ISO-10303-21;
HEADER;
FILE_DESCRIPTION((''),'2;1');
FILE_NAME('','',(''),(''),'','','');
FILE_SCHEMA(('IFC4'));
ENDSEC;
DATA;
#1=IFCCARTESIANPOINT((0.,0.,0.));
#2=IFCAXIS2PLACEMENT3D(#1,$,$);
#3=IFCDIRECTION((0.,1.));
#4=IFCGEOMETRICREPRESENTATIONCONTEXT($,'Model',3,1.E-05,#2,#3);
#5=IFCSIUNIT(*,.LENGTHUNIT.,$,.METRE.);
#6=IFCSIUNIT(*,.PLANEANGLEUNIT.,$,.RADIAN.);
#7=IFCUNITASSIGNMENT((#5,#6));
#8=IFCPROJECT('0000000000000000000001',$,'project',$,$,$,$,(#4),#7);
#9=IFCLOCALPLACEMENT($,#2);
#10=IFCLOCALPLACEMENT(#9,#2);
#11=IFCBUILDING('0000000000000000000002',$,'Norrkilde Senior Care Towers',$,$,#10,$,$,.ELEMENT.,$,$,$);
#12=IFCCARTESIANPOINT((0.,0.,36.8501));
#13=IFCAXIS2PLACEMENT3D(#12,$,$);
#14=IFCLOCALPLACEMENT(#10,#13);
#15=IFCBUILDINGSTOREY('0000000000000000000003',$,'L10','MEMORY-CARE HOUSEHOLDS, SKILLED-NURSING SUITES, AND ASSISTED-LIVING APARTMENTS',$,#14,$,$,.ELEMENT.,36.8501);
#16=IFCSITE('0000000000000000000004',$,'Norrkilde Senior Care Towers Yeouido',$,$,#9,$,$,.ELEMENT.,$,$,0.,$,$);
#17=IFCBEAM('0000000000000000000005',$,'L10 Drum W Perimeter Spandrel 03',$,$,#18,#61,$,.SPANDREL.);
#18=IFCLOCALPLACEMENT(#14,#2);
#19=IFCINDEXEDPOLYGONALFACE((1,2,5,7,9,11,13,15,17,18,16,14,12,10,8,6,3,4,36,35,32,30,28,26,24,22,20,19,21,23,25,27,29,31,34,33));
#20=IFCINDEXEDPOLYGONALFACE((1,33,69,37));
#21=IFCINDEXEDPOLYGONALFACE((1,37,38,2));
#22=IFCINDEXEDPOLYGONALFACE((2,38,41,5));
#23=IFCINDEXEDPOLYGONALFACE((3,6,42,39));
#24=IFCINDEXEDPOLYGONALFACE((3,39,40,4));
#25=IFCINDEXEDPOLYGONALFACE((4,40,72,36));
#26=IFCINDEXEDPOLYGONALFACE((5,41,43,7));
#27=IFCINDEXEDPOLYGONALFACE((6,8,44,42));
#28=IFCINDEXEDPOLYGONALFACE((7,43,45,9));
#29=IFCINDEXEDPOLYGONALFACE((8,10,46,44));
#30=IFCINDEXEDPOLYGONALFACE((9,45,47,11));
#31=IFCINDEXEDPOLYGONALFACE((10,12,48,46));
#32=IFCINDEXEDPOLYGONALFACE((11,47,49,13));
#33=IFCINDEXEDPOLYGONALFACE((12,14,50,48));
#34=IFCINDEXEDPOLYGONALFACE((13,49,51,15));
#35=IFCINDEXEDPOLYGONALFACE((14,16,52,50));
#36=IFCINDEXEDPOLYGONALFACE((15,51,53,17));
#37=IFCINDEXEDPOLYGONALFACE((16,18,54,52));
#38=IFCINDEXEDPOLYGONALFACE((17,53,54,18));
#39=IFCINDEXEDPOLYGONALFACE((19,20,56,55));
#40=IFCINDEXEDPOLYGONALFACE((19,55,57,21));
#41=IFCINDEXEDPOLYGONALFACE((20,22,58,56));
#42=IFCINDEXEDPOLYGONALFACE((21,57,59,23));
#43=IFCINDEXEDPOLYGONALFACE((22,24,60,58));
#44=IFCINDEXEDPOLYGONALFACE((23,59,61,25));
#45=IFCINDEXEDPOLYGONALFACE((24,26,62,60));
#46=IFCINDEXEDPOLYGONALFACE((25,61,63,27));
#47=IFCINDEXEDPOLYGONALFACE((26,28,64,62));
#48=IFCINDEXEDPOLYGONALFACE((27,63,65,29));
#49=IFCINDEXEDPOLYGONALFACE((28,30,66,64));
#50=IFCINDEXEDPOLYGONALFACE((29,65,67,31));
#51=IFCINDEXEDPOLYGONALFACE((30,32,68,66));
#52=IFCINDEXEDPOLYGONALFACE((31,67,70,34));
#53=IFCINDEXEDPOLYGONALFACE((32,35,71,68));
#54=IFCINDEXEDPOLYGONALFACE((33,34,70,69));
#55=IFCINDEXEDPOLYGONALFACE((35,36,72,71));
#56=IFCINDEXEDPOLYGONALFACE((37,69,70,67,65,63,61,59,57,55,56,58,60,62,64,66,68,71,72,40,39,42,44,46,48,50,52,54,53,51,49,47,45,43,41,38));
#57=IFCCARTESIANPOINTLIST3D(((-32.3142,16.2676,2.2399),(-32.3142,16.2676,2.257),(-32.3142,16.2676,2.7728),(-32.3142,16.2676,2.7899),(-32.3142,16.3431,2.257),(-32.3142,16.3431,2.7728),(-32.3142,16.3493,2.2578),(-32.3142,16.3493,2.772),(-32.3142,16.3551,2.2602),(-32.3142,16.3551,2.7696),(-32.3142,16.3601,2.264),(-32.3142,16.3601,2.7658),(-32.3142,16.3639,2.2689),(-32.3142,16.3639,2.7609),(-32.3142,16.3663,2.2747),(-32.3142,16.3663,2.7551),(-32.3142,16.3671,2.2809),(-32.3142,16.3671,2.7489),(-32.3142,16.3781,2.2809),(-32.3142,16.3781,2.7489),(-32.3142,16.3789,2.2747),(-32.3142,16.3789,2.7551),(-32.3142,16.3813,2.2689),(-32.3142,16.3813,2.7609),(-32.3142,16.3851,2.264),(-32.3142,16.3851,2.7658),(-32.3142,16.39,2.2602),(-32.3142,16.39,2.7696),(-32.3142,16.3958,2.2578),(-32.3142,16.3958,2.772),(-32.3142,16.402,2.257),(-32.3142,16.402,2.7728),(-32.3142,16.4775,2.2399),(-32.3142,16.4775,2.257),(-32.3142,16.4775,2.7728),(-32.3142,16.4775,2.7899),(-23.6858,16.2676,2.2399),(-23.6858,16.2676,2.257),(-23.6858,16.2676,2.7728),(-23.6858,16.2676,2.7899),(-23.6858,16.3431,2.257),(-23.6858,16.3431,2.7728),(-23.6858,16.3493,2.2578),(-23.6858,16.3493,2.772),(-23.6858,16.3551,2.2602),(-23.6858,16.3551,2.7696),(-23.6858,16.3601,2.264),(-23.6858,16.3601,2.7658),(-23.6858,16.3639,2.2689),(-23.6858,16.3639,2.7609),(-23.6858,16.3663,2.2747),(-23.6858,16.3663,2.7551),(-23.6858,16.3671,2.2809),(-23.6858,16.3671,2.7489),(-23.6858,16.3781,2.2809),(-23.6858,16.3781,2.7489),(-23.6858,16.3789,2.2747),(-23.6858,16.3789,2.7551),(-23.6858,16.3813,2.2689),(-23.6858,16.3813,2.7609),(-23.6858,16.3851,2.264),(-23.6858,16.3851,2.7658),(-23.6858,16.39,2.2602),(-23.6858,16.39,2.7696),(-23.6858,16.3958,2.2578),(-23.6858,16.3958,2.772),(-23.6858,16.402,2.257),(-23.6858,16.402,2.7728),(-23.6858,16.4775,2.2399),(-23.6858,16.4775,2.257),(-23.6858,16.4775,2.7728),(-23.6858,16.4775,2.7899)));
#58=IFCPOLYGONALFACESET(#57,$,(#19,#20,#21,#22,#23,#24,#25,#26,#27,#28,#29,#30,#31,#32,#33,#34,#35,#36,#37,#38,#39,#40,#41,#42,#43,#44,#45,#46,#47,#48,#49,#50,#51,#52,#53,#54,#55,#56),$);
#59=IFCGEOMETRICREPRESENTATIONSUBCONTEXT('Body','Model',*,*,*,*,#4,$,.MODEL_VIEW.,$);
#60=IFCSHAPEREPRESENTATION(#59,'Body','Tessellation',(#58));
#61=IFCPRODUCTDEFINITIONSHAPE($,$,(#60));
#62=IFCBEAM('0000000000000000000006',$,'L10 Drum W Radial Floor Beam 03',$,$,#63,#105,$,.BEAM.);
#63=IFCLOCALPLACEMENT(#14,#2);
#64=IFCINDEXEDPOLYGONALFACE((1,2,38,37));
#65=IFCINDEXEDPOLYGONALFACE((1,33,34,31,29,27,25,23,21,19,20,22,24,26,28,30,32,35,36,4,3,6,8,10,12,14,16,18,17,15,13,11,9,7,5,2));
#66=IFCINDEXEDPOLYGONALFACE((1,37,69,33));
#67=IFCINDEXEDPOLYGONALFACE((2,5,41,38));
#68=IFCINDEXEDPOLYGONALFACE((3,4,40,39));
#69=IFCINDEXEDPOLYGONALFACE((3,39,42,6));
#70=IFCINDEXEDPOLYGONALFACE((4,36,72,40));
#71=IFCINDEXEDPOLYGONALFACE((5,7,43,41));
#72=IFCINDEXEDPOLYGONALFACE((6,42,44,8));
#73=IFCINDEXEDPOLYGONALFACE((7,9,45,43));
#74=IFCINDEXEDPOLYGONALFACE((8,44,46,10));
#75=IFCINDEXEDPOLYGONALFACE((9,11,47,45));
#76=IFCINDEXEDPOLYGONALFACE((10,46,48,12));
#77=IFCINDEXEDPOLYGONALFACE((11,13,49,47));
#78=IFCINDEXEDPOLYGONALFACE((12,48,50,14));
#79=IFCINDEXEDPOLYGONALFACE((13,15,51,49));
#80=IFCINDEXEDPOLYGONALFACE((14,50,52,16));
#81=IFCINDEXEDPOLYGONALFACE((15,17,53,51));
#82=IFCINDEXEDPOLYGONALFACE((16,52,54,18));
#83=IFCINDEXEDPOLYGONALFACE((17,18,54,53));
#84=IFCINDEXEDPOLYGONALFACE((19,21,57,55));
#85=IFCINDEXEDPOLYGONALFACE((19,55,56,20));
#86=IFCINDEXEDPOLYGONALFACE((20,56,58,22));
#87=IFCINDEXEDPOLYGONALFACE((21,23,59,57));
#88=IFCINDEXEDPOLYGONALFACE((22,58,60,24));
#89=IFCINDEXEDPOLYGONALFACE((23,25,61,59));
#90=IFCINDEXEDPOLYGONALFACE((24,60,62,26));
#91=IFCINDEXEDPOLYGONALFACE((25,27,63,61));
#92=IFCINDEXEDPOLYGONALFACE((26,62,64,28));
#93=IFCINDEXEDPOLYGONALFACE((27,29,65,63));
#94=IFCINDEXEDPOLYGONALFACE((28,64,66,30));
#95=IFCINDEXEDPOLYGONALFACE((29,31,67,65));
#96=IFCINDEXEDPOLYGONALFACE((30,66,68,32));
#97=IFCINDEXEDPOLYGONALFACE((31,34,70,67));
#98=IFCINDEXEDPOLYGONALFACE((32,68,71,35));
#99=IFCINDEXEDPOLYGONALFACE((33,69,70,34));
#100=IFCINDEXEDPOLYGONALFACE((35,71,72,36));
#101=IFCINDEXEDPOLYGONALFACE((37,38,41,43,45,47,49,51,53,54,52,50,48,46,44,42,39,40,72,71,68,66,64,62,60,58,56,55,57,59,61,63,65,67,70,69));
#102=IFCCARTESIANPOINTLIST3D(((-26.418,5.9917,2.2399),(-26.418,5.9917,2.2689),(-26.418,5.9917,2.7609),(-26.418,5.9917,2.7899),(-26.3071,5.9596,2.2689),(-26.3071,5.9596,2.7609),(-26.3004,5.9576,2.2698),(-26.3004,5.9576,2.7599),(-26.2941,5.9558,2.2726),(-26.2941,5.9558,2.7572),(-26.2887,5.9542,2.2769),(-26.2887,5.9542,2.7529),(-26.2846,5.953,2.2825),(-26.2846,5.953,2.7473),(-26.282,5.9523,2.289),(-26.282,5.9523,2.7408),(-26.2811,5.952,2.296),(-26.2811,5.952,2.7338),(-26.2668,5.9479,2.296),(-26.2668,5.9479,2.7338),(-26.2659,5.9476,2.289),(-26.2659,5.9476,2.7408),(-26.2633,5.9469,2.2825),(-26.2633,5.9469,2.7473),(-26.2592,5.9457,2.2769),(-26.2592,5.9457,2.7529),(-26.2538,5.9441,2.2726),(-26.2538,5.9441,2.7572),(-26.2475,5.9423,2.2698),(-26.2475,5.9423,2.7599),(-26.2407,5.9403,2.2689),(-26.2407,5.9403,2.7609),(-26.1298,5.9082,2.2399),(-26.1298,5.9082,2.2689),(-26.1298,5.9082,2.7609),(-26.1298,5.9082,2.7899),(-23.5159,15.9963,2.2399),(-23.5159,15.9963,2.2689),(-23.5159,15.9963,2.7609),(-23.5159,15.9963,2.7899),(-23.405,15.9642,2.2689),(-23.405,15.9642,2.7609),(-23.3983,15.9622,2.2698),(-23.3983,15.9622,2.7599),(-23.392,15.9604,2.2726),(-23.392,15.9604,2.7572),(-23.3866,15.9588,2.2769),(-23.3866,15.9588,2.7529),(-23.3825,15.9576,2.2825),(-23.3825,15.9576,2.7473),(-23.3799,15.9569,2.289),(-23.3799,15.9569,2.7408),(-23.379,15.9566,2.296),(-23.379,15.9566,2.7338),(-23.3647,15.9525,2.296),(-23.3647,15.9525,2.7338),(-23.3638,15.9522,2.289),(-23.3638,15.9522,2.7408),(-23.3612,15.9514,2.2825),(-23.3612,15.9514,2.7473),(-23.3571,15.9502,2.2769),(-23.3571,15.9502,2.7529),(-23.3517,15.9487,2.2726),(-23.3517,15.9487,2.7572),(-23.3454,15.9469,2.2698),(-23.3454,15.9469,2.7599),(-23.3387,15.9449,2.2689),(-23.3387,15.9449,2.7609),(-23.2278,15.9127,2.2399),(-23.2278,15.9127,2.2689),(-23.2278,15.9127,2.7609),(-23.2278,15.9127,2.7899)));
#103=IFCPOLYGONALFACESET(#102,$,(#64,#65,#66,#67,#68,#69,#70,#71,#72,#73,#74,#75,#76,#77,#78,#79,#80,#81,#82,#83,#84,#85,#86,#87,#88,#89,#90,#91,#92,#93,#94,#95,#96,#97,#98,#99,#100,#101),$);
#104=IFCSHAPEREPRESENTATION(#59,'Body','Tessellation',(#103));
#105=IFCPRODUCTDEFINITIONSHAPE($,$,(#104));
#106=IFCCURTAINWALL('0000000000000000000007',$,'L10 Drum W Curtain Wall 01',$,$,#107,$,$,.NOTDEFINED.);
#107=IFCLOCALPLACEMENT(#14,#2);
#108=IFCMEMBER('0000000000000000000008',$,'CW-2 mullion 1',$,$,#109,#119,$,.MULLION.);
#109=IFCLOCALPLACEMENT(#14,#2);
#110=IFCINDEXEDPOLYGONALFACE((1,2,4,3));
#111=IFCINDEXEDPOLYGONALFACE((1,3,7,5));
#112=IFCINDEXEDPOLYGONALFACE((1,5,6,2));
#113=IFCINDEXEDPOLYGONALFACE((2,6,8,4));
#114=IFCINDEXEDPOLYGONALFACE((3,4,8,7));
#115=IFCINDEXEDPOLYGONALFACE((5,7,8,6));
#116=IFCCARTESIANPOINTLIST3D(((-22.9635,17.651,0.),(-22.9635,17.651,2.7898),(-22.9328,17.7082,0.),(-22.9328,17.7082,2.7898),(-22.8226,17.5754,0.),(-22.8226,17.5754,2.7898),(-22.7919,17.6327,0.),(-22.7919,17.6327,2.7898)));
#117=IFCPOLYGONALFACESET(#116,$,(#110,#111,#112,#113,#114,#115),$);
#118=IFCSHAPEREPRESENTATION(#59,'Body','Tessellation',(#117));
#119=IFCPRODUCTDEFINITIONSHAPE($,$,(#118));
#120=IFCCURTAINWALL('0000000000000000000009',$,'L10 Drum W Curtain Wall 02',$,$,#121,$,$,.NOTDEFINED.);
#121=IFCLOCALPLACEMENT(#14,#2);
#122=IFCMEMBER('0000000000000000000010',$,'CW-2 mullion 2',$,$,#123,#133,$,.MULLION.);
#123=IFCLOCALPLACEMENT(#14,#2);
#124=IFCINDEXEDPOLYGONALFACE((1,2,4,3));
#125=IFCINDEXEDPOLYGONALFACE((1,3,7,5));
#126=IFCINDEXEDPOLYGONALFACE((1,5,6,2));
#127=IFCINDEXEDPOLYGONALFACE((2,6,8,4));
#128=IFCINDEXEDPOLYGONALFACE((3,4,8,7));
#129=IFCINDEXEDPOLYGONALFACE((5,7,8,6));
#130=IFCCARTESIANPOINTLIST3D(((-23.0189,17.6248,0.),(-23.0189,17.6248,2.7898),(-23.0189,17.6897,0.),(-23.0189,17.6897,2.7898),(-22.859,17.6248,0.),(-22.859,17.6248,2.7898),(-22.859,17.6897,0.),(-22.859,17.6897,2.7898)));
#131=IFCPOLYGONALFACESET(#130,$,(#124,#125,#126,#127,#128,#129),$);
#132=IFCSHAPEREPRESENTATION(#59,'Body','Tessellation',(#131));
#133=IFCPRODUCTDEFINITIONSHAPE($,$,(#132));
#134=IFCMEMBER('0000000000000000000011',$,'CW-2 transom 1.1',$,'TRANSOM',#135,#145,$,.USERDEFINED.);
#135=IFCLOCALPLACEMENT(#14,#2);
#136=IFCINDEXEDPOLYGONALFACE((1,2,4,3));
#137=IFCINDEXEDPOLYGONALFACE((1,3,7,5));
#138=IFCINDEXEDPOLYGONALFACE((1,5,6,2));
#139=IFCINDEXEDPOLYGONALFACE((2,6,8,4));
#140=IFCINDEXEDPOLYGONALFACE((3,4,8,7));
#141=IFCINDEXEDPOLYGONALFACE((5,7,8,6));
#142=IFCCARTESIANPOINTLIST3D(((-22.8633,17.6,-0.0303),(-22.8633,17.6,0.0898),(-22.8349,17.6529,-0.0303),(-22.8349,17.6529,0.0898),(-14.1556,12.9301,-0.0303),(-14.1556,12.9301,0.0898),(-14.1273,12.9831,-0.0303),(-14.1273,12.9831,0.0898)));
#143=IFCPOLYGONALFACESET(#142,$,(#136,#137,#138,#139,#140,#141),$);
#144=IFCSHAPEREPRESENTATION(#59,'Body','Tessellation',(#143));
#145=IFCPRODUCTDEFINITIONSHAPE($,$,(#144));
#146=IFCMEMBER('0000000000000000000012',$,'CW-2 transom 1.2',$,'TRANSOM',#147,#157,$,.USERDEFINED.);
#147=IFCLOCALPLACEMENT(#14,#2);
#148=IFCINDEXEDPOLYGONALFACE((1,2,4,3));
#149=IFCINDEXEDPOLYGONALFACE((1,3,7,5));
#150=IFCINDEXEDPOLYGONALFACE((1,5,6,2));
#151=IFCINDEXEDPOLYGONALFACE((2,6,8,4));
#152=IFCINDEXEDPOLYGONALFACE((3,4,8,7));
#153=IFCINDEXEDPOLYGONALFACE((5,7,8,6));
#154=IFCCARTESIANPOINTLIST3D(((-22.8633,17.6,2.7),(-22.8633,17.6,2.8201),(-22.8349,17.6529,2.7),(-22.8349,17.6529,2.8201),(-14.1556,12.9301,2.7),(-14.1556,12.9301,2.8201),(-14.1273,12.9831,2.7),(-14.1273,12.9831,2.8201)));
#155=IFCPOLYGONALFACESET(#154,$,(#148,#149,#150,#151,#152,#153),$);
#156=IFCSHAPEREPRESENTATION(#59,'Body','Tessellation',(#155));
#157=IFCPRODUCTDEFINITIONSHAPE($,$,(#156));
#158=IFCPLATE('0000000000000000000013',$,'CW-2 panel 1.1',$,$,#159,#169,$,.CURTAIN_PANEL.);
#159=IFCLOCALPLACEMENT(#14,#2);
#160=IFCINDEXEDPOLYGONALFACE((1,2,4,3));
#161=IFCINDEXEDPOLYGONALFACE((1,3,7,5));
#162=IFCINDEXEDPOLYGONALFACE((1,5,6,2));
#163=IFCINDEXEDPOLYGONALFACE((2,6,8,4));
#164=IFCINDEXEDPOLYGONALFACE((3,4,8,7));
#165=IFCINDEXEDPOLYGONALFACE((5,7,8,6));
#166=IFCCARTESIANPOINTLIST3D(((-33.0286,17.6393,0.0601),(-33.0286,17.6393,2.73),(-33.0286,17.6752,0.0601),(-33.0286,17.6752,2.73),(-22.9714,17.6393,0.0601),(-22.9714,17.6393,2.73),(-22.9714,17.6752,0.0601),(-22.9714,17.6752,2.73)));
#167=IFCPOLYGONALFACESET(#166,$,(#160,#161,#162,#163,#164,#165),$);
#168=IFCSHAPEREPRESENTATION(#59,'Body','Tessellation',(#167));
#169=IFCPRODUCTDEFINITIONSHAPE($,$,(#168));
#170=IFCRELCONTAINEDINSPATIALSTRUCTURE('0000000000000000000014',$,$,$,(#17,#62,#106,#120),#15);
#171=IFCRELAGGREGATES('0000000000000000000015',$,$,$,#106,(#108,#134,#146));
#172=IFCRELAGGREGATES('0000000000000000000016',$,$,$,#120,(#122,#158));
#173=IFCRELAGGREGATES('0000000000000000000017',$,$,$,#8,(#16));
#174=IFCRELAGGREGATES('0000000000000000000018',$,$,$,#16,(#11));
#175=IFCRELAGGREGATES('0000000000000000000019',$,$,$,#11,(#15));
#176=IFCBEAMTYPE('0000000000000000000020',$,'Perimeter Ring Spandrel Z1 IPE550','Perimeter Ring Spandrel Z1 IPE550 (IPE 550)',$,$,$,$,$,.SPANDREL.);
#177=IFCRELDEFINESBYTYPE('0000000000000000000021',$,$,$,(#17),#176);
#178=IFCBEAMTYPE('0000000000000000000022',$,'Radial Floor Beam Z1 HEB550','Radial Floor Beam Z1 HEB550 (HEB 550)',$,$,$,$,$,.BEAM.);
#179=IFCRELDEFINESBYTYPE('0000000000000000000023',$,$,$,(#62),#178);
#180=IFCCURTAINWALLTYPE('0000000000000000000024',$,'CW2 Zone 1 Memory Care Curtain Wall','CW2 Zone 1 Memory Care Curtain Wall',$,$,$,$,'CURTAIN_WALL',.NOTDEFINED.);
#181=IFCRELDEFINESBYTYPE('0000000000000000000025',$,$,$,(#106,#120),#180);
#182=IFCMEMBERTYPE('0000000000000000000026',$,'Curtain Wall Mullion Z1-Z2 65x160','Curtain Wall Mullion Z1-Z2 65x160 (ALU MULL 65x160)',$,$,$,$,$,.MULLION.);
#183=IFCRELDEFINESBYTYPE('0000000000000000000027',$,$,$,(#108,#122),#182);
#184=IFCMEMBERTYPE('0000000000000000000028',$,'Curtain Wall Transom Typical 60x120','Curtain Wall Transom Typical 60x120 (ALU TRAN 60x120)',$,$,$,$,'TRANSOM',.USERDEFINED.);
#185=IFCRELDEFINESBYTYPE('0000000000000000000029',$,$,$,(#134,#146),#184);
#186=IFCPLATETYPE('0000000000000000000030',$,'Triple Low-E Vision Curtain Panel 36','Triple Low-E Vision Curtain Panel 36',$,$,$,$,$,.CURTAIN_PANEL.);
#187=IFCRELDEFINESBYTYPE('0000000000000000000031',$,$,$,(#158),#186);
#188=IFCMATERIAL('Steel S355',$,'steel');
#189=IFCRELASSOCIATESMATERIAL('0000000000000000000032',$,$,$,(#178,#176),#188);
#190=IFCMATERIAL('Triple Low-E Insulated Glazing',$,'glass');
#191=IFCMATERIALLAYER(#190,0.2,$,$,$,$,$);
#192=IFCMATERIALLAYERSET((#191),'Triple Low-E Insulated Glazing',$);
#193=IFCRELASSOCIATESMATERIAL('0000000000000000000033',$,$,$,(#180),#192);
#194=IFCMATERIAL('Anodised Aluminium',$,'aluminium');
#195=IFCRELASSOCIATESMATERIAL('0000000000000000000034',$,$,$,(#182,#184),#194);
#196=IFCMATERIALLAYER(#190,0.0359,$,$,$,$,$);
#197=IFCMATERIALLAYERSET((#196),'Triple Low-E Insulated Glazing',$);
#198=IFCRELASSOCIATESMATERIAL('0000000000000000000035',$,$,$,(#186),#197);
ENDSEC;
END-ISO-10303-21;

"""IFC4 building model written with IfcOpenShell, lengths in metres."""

from ifc_helpers import new_model, si_unit, direction, frame, origin, origin_2d, place, context, subcontext, project, spatial, rectangle, i_section, extrude, source, transform, mapped, material, layer, layer_set, material_profile, profile_set, type_object, type_shapes, element, aggregate, save


model = new_model("IFC4")

# Units and contexts
model_context = context("Model", 3, precision=1e-05, world=origin(), true_north=direction((0.0, 1.0)))
body_context = subcontext(model_context, "Body", "Model", "MODEL_VIEW")
ifc_project = project(units=[si_unit("LENGTHUNIT", "METRE"), si_unit("PLANEANGLEUNIT", "RADIAN")], contexts=[model_context])

# Site, building, storey
site_placement = place(None, origin())
site = spatial("IfcSite", under=ifc_project, at=site_placement, Name="Norrkilde Senior Care Towers Yeouido", CompositionType="ELEMENT", RefElevation=0.0)
building_placement = place(site_placement, origin())
building = spatial("IfcBuilding", under=site, at=building_placement, Name="Norrkilde Senior Care Towers", CompositionType="ELEMENT")
storey_placement = place(building_placement, frame((0.0, 0.0, 36.8501)))
storey = spatial("IfcBuildingStorey", under=building, at=storey_placement, Name="L10", Description="MEMORY-CARE HOUSEHOLDS, SKILLED-NURSING SUITES, AND ASSISTED-LIVING APARTMENTS", CompositionType="ELEMENT", Elevation=36.8501)

# Beams
ifc_material_1 = material(Name="Steel S355", Category="steel")
ifc_material_profile_1 = material_profile(ifc_material_1, i_section(OverallWidth=0.3, OverallDepth=0.55, WebThickness=0.0149, FlangeThickness=0.0291, FilletRadius=0.0271, at=origin_2d()), Name="HEB 550")
ifc_profile_set_1 = profile_set([ifc_material_profile_1], Name="Steel S355")
beam_type_1 = type_object("IfcBeamType", Name="Radial Floor Beam Z1 HEB550", Description="Radial Floor Beam Z1 HEB550 (HEB 550)", PredefinedType="BEAM", material=ifc_profile_set_1)
ifc_material_profile_2 = material_profile(ifc_material_1, i_section(OverallWidth=0.21, OverallDepth=0.55, WebThickness=0.011, FlangeThickness=0.0171, FilletRadius=0.0239, at=origin_2d()), Name="IPE 550")
ifc_profile_set_2 = profile_set([ifc_material_profile_2], Name="Steel S355")
beam_type_2 = type_object("IfcBeamType", Name="Perimeter Ring Spandrel Z1 IPE550", Description="Perimeter Ring Spandrel Z1 IPE550 (IPE 550)", PredefinedType="SPANDREL", material=ifc_profile_set_2)
shared_shape_1 = source(origin(), body_context, "Body", "SweptSolid", [
    extrude(i_section(OverallWidth=0.21, OverallDepth=0.55, WebThickness=0.011, FlangeThickness=0.0171, FilletRadius=0.0239, at=origin_2d()), origin(), (0.0, 0.0, 1.0), 8.6284),
])
type_shapes(beam_type_2, [shared_shape_1])
beam_1_placement = place(storey_placement, frame((-23.6858, 16.3726, 2.5149), z_axis=(-1.0, 0.0, 0.0), x_axis=(0.0, -1.0, 0.0)))
element("IfcBeam", 1, at=beam_1_placement, inside=storey, type_object=beam_type_2, Name="L10 Drum W Perimeter Spandrel 03", PredefinedType="SPANDREL", context=body_context, shape_type="MappedRepresentation", body=[
    mapped(shared_shape_1, transform((0.0, 0.0, 0.0), x_axis=(1.0, 0.0, 0.0), y_axis=(0.0, 1.0, 0.0), z_axis=(0.0, 0.0, 1.0), scale=1.0)),
])
shared_shape_2 = source(origin(), body_context, "Body", "SweptSolid", [
    extrude(i_section(OverallWidth=0.3, OverallDepth=0.55, WebThickness=0.0149, FlangeThickness=0.0291, FilletRadius=0.0271, at=origin_2d()), origin(), (0.0, 0.0, 1.0), 10.417),
])
beam_2_placement = place(storey_placement, frame((-26.2739, 5.95, 2.5149), z_axis=(0.278591, 0.96041, 0.0), x_axis=(-0.96041, 0.278591, 0.0)))
element("IfcBeam", 2, at=beam_2_placement, inside=storey, type_object=beam_type_1, Name="L10 Drum W Radial Floor Beam 03", PredefinedType="BEAM", context=body_context, shape_type="MappedRepresentation", body=[
    mapped(shared_shape_2, transform((0.0, 0.0, 0.0), x_axis=(1.0, 0.0, 0.0), y_axis=(0.0, 1.0, 0.0), z_axis=(0.0, 0.0, 1.0), scale=1.0)),
])

# Curtain walls, members
ifc_material_2 = material(Name="Triple Low-E Insulated Glazing", Category="glass")
ifc_layer_1 = layer(ifc_material_2, 0.2)
ifc_layer_set_1 = layer_set([ifc_layer_1], Name="Triple Low-E Insulated Glazing")
curtain_wall_type = type_object("IfcCurtainWallType", Name="CW2 Zone 1 Memory Care Curtain Wall", Description="CW2 Zone 1 Memory Care Curtain Wall", ElementType="CURTAIN_WALL", PredefinedType="NOTDEFINED", material=ifc_layer_set_1)
curtain_wall_1_placement = place(storey_placement, origin())
curtain_wall_1 = element("IfcCurtainWall", 3, at=curtain_wall_1_placement, inside=storey, type_object=curtain_wall_type, Name="L10 Drum W Curtain Wall 01", PredefinedType="NOTDEFINED")
ifc_material_3 = material(Name="Anodised Aluminium", Category="aluminium")
ifc_material_profile_3 = material_profile(ifc_material_3, rectangle(XDim=0.0649, YDim=0.1599, at=origin_2d()), Name="ALU MULL 65x160")
ifc_profile_set_3 = profile_set([ifc_material_profile_3], Name="Anodised Aluminium")
member_type_1 = type_object("IfcMemberType", Name="Curtain Wall Mullion Z1-Z2 65x160", Description="Curtain Wall Mullion Z1-Z2 65x160 (ALU MULL 65x160)", PredefinedType="MULLION", material=ifc_profile_set_3)
shared_shape_3 = source(origin(), body_context, "Body", "SweptSolid", [
    extrude(rectangle(XDim=0.0649, YDim=0.1599, at=origin_2d()), origin(), (0.0, 0.0, 1.0), 2.7898),
])
type_shapes(member_type_1, [shared_shape_3])
member_1_placement = place(storey_placement, frame((-22.8777, 17.6418, 0.0), z_axis=(0.0, 0.0, 1.0), x_axis=(0.472608, 0.881273, 0.0)))
member_1 = element("IfcMember", 4, at=member_1_placement, type_object=member_type_1, Name="CW-2 mullion 1", PredefinedType="MULLION", context=body_context, shape_type="MappedRepresentation", body=[
    mapped(shared_shape_3, transform((0.0, 0.0, 0.0), x_axis=(1.0, 0.0, 0.0), y_axis=(0.0, 1.0, 0.0), z_axis=(0.0, 0.0, 1.0), scale=1.0)),
])
curtain_wall_2_placement = place(storey_placement, origin())
curtain_wall_2 = element("IfcCurtainWall", 5, at=curtain_wall_2_placement, inside=storey, type_object=curtain_wall_type, Name="L10 Drum W Curtain Wall 02", PredefinedType="NOTDEFINED")
member_2_placement = place(storey_placement, frame((-22.939, 17.6572, 0.0), z_axis=(0.0, 0.0, 1.0), x_axis=(0.0, 1.0, 0.0)))
member_2 = element("IfcMember", 6, at=member_2_placement, type_object=member_type_1, Name="CW-2 mullion 2", PredefinedType="MULLION", context=body_context, shape_type="MappedRepresentation", body=[
    mapped(shared_shape_3, transform((0.0, 0.0, 0.0), x_axis=(1.0, 0.0, 0.0), y_axis=(0.0, 1.0, 0.0), z_axis=(0.0, 0.0, 1.0), scale=1.0)),
])

# Members
ifc_material_profile_4 = material_profile(ifc_material_3, rectangle(XDim=0.0601, YDim=0.1201, at=origin_2d()), Name="ALU TRAN 60x120")
ifc_profile_set_4 = profile_set([ifc_material_profile_4], Name="Anodised Aluminium")
member_type_2 = type_object("IfcMemberType", Name="Curtain Wall Transom Typical 60x120", Description="Curtain Wall Transom Typical 60x120 (ALU TRAN 60x120)", ElementType="TRANSOM", PredefinedType="USERDEFINED", material=ifc_profile_set_4)
shared_shape_4 = source(origin(), body_context, "Body", "SweptSolid", [
    extrude(rectangle(XDim=0.0601, YDim=0.1201, at=origin_2d()), origin(), (0.0, 0.0, 1.0), 9.8809),
])
type_shapes(member_type_2, [shared_shape_4])
member_3_placement = place(storey_placement, frame((-22.8491, 17.6265, 0.0298), z_axis=(0.881267, -0.472618, 0.0), x_axis=(0.472618, 0.881267, 0.0)))
member_3 = element("IfcMember", 7, at=member_3_placement, type_object=member_type_2, Name="CW-2 transom 1.1", ObjectType="TRANSOM", PredefinedType="USERDEFINED", context=body_context, shape_type="MappedRepresentation", body=[
    mapped(shared_shape_4, transform((0.0, 0.0, 0.0), x_axis=(1.0, 0.0, 0.0), y_axis=(0.0, 1.0, 0.0), z_axis=(0.0, 0.0, 1.0), scale=1.0)),
])
member_4_placement = place(storey_placement, frame((-22.8491, 17.6265, 2.76), z_axis=(0.881267, -0.472618, 0.0), x_axis=(0.472618, 0.881267, 0.0)))
member_4 = element("IfcMember", 8, at=member_4_placement, type_object=member_type_2, Name="CW-2 transom 1.2", ObjectType="TRANSOM", PredefinedType="USERDEFINED", context=body_context, shape_type="MappedRepresentation", body=[
    mapped(shared_shape_4, transform((0.0, 0.0, 0.0), x_axis=(1.0, 0.0, 0.0), y_axis=(0.0, 1.0, 0.0), z_axis=(0.0, 0.0, 1.0), scale=1.0)),
])
aggregate(curtain_wall_1, [member_1, member_3, member_4])

# Plate
ifc_layer_2 = layer(ifc_material_2, 0.0359)
ifc_layer_set_2 = layer_set([ifc_layer_2], Name="Triple Low-E Insulated Glazing")
plate_type = type_object("IfcPlateType", Name="Triple Low-E Vision Curtain Panel 36", Description="Triple Low-E Vision Curtain Panel 36", PredefinedType="CURTAIN_PANEL", material=ifc_layer_set_2)
shared_shape_5 = source(origin(), body_context, "Body", "SweptSolid", [
    extrude(rectangle(XDim=10.0571, YDim=0.0359, at=origin_2d()), origin(), (0.0, 0.0, 1.0), 2.6699),
])
type_shapes(plate_type, [shared_shape_5])
plate_placement = place(storey_placement, frame((-28.0, 17.6572, 0.0601), z_axis=(0.0, 0.0, 1.0), x_axis=(1.0, 0.0, 0.0)))
plate = element("IfcPlate", 9, at=plate_placement, type_object=plate_type, Name="CW-2 panel 1.1", PredefinedType="CURTAIN_PANEL", context=body_context, shape_type="MappedRepresentation", body=[
    mapped(shared_shape_5, transform((0.0, 0.0, 0.0), x_axis=(1.0, 0.0, 0.0), y_axis=(0.0, 1.0, 0.0), z_axis=(0.0, 0.0, 1.0), scale=1.0)),
])
aggregate(curtain_wall_2, [member_2, plate])

save(model, "model.ifc")
